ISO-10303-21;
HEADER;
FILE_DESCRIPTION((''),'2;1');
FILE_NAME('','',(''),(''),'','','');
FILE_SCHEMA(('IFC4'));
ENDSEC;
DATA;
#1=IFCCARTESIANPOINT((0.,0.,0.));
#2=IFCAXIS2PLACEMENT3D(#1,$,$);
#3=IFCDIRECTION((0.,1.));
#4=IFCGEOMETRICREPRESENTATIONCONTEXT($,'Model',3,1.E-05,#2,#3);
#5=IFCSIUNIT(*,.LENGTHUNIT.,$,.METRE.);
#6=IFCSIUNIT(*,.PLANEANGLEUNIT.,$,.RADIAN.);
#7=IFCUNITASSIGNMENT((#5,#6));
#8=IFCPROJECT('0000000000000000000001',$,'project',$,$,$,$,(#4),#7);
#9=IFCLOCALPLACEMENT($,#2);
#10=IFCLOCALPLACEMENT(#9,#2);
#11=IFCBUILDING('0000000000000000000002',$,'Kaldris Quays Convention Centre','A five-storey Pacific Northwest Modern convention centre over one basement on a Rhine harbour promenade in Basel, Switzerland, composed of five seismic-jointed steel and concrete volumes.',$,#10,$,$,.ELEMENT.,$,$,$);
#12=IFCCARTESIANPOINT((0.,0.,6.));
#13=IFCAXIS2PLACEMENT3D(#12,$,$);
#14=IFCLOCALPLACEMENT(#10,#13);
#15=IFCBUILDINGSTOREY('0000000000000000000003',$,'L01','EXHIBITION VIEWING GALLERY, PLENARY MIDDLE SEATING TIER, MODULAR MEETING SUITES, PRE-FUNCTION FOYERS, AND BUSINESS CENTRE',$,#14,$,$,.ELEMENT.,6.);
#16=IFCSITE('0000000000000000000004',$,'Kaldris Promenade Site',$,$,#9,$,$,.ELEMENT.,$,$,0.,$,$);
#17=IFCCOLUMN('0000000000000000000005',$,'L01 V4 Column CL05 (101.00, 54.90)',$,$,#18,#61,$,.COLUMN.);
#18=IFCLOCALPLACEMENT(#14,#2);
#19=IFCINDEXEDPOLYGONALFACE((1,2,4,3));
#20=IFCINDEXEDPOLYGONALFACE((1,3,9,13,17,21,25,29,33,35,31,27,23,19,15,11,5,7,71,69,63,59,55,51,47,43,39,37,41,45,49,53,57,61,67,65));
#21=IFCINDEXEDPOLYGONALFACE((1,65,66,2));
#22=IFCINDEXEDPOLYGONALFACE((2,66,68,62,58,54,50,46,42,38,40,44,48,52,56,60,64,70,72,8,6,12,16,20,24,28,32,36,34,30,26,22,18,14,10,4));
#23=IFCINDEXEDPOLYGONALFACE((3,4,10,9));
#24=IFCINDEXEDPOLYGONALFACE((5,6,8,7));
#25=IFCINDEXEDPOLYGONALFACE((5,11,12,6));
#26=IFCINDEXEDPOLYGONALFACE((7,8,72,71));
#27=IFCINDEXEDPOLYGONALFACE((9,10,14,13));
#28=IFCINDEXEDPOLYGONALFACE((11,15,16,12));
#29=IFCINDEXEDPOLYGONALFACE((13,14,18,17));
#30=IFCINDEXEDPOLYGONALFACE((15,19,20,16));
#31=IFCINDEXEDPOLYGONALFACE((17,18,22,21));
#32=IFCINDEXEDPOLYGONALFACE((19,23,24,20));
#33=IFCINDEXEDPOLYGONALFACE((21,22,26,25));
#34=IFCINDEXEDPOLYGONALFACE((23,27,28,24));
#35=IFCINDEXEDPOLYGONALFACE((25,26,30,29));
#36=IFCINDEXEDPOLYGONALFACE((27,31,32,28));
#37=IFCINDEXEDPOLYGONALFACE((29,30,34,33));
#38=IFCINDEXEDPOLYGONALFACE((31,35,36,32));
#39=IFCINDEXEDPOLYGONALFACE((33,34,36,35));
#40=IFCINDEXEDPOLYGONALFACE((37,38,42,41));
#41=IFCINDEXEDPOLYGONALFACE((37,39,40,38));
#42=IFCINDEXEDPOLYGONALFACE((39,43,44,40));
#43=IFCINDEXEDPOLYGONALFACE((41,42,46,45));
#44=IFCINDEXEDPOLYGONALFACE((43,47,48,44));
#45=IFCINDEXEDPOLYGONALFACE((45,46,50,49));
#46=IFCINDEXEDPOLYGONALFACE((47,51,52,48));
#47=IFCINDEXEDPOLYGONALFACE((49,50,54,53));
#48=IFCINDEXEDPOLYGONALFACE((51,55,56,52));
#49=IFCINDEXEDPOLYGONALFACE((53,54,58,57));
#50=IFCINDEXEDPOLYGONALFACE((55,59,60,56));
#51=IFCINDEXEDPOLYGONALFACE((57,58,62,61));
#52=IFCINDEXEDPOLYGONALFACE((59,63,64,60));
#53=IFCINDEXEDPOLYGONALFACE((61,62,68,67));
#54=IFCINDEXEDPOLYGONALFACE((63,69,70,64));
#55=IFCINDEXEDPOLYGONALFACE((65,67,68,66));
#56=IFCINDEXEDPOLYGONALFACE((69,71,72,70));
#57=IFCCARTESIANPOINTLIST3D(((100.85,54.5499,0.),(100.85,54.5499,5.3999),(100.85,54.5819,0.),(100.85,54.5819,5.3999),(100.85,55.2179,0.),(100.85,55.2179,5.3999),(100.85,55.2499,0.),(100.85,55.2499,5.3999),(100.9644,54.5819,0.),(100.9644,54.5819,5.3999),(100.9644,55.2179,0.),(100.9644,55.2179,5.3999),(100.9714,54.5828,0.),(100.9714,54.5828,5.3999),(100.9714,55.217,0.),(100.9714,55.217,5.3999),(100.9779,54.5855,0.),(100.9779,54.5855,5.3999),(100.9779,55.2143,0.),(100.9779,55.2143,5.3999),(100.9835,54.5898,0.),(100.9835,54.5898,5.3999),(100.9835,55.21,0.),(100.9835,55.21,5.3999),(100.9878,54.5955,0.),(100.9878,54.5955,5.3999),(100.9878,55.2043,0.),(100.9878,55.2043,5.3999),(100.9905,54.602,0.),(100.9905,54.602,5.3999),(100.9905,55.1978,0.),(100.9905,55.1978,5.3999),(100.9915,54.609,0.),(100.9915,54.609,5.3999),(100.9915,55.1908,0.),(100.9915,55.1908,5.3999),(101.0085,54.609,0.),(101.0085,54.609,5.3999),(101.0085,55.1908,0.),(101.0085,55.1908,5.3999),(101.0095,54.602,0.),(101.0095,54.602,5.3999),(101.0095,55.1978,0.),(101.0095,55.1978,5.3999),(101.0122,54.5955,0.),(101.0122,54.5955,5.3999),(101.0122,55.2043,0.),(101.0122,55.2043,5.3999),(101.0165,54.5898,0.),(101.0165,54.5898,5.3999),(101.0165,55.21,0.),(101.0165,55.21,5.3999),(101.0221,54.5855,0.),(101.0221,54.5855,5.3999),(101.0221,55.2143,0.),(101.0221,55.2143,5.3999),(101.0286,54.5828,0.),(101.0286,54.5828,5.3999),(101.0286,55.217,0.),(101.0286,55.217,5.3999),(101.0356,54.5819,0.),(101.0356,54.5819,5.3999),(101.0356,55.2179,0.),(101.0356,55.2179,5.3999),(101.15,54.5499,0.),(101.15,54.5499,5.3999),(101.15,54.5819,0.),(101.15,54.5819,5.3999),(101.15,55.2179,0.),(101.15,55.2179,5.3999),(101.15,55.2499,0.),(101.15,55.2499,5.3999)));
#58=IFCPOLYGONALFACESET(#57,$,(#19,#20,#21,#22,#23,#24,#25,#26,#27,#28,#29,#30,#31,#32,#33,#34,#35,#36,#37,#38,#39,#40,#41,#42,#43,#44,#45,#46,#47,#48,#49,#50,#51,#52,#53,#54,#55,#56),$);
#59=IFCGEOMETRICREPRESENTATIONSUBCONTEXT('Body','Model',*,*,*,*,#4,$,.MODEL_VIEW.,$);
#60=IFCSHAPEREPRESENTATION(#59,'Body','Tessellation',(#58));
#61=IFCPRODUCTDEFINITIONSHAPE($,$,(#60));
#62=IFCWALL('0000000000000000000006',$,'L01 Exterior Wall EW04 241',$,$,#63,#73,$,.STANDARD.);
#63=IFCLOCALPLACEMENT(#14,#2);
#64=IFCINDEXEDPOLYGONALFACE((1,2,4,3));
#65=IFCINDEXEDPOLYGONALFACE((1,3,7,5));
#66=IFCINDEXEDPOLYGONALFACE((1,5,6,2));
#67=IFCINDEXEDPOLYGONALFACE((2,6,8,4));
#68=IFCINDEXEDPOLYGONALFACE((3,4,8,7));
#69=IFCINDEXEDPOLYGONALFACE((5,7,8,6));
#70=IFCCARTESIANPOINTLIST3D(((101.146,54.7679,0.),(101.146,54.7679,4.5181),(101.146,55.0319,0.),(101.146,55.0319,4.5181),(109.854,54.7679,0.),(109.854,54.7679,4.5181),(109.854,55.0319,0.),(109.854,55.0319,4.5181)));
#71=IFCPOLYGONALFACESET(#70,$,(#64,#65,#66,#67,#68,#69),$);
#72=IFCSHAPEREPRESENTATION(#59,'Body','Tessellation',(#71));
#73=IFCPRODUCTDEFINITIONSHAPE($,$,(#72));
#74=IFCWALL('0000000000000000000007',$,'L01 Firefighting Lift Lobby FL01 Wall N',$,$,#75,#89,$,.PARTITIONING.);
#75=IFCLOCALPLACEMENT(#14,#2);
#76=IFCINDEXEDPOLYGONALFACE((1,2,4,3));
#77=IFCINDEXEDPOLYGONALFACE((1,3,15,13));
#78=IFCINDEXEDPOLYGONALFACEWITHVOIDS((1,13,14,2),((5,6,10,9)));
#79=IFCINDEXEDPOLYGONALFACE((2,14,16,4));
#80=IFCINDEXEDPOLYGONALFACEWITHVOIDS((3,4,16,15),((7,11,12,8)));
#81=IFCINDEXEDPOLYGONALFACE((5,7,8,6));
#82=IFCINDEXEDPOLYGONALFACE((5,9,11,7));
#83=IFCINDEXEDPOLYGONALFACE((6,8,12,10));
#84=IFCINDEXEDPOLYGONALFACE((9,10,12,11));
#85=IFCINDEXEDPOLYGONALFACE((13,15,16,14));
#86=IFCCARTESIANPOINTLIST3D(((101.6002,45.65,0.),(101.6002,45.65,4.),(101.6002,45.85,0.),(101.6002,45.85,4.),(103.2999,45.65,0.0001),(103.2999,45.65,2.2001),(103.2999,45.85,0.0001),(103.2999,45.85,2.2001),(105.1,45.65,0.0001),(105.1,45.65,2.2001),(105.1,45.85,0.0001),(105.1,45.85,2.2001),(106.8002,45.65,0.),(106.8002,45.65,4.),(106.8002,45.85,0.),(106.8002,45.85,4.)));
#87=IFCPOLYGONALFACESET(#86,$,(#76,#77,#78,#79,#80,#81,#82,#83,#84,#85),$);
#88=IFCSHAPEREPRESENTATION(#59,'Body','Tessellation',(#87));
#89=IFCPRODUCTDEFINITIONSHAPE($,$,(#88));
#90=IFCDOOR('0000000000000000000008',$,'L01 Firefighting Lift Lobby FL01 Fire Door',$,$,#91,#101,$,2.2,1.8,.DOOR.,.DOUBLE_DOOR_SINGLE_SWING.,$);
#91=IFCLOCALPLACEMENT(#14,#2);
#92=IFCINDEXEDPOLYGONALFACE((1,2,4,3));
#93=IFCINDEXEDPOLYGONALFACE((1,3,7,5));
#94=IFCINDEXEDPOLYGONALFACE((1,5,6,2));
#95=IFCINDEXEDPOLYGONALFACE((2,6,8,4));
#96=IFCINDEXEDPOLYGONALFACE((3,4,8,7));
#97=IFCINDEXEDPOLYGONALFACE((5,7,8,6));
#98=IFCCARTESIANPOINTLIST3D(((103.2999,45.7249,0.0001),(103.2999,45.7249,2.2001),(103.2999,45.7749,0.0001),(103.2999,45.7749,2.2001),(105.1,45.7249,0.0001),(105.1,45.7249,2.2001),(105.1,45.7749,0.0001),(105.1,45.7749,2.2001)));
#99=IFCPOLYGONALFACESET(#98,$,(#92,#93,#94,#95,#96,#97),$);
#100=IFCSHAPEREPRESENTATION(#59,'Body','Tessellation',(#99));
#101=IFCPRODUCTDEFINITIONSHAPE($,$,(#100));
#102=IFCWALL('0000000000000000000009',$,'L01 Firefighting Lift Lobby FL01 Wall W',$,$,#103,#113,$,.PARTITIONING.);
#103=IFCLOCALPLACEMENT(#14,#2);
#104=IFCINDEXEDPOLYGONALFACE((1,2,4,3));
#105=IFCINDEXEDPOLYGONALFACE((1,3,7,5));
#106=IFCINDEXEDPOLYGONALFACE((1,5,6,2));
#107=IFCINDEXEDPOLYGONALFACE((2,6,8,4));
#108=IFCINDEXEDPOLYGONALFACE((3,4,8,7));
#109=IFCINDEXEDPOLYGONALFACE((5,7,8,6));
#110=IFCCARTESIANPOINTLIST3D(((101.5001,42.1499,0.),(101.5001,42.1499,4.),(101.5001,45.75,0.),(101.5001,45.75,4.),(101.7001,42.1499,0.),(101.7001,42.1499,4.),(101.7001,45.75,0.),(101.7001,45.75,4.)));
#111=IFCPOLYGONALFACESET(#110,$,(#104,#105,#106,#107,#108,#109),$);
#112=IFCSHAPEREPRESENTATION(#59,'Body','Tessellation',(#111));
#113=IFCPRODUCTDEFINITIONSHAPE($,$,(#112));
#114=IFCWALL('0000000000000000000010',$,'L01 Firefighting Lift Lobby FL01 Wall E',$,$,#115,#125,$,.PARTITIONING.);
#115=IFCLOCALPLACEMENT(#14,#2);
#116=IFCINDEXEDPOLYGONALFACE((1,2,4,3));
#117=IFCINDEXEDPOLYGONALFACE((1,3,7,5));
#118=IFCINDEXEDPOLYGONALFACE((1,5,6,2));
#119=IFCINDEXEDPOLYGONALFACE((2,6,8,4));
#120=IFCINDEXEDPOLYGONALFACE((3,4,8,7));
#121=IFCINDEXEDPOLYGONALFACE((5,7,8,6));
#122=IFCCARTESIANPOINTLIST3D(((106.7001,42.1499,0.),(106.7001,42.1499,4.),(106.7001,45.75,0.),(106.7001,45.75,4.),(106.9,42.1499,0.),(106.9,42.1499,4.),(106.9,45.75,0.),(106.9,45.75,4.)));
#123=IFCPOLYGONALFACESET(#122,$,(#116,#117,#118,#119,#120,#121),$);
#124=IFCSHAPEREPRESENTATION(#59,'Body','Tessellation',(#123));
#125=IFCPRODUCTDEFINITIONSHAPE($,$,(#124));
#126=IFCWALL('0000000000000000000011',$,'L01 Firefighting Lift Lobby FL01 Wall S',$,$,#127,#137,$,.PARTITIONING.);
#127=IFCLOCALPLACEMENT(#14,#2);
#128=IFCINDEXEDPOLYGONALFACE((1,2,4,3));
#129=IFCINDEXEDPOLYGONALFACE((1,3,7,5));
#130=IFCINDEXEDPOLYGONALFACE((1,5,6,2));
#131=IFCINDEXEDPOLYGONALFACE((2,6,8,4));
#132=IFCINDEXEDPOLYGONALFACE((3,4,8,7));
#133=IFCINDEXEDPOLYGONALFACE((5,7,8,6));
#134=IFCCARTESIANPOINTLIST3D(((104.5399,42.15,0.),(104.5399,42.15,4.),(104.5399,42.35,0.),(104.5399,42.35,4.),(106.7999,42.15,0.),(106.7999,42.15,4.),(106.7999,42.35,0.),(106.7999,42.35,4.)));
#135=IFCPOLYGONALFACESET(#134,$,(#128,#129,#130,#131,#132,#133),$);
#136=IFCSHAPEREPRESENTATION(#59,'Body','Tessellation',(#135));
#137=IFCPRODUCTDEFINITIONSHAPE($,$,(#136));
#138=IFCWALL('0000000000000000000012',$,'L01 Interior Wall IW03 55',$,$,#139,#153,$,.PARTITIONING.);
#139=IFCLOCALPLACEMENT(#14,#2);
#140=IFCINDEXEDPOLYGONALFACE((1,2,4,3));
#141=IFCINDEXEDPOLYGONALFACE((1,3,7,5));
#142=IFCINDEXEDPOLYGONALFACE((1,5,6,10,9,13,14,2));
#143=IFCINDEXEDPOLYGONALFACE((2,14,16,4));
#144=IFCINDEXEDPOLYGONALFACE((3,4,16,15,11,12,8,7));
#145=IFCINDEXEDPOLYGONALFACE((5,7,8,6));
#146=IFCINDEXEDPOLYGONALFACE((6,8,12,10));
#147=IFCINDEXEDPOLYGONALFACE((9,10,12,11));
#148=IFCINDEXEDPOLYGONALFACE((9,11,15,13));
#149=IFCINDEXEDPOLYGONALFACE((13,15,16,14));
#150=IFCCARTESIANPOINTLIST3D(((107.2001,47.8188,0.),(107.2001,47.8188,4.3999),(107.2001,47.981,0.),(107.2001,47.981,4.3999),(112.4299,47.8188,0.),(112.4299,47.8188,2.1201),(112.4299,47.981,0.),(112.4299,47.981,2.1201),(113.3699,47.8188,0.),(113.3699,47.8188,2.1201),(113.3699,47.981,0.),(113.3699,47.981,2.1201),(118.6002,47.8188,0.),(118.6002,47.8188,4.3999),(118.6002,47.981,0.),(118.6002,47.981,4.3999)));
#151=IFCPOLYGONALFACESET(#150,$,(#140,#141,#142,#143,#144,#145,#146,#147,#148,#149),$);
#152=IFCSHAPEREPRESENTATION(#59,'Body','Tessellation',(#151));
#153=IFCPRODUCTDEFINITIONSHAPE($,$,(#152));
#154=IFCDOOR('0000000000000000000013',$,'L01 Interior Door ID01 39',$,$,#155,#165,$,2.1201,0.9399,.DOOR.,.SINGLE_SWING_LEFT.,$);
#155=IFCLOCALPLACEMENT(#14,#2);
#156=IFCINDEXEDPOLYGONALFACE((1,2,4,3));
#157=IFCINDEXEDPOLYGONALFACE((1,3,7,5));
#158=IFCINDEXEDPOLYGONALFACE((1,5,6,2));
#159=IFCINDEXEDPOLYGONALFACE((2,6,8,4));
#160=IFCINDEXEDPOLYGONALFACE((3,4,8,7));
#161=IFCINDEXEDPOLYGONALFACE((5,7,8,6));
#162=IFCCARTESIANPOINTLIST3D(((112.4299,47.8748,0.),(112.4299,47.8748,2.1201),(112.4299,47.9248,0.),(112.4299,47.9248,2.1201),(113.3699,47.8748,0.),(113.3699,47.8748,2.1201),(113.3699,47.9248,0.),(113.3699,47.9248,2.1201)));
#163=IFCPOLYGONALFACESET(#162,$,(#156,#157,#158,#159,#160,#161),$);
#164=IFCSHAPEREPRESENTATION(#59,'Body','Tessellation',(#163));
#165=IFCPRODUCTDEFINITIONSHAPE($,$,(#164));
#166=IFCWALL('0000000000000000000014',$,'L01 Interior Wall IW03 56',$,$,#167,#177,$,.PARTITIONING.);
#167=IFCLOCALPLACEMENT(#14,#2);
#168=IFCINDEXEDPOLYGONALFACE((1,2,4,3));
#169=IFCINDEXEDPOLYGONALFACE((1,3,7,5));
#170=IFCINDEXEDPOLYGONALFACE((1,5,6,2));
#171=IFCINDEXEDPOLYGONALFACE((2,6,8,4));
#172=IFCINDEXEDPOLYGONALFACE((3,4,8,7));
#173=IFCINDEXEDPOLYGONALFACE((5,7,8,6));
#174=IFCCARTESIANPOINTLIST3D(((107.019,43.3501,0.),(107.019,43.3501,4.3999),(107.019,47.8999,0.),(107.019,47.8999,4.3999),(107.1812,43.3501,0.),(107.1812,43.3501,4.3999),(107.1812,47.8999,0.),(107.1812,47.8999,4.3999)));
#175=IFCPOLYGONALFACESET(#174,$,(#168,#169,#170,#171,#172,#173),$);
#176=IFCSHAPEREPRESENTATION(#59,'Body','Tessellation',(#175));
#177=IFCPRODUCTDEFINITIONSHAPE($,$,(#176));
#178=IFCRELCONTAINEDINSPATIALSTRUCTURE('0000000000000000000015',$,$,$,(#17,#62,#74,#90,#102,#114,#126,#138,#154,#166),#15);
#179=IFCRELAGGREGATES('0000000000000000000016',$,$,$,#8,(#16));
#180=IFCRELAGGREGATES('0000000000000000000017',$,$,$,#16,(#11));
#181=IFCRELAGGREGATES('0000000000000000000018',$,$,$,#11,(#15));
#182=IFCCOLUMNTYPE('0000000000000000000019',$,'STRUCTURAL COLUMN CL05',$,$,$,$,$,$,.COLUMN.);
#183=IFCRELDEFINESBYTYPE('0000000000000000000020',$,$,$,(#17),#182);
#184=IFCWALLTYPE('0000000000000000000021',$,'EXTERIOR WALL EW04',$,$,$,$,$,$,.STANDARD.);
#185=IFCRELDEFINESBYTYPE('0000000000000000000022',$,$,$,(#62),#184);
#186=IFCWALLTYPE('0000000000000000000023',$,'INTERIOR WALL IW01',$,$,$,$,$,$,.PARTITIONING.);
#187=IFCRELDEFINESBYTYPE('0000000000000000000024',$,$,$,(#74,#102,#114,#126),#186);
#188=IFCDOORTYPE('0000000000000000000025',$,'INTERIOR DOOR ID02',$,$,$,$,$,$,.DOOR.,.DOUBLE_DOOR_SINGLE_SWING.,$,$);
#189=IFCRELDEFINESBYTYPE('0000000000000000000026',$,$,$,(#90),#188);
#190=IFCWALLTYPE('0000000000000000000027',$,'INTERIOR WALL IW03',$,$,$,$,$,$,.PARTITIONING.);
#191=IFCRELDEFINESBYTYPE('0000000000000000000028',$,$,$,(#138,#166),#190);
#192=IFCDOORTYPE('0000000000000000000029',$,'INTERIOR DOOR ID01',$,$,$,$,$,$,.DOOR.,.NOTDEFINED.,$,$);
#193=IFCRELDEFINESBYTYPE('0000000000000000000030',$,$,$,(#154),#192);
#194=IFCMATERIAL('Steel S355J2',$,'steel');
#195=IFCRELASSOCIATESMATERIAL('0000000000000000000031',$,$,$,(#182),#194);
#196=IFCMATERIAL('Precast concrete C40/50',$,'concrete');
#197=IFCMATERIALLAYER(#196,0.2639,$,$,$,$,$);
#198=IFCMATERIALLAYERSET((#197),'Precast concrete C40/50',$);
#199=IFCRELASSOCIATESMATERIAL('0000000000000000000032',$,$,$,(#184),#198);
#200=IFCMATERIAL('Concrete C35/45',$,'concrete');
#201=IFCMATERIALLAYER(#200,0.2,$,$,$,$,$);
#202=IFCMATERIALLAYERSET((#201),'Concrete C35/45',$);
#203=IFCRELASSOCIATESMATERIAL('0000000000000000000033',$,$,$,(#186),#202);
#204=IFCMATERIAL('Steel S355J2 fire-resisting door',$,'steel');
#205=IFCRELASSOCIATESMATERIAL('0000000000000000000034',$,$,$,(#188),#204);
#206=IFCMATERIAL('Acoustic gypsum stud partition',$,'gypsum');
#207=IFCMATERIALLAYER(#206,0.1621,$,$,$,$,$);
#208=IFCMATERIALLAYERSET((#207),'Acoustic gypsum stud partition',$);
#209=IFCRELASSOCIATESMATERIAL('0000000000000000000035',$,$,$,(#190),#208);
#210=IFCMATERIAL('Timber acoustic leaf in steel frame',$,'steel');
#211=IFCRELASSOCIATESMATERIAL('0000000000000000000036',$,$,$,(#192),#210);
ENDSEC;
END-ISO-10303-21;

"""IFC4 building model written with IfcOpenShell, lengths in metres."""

from ifc_helpers import new_model, si_unit, direction, frame, frame_2d, origin, origin_2d, place, context, subcontext, project, spatial, rectangle, i_section, extrude, material, layer, layer_set, material_profile, profile_set, type_object, element, fill, save


model = new_model("IFC4")

# Units and contexts
model_context = context("Model", 3, precision=1e-05, world=origin(), true_north=direction((0.0, 1.0)))
body_context = subcontext(model_context, "Body", "Model", "MODEL_VIEW")
ifc_project = project(units=[si_unit("LENGTHUNIT", "METRE"), si_unit("PLANEANGLEUNIT", "RADIAN")], contexts=[model_context])

# Site, building, storey
site_placement = place(None, origin())
site = spatial("IfcSite", under=ifc_project, at=site_placement, Name="Kaldris Promenade Site", CompositionType="ELEMENT", RefElevation=0.0)
building_placement = place(site_placement, origin())
building = spatial("IfcBuilding", under=site, at=building_placement, Name="Kaldris Quays Convention Centre", Description="A five-storey Pacific Northwest Modern convention centre over one basement on a Rhine harbour promenade in Basel, Switzerland, composed of five seismic-jointed steel and concrete volumes.", CompositionType="ELEMENT")
storey_placement = place(building_placement, frame((0.0, 0.0, 6.0)))
storey = spatial("IfcBuildingStorey", under=building, at=storey_placement, Name="L01", Description="EXHIBITION VIEWING GALLERY, PLENARY MIDDLE SEATING TIER, MODULAR MEETING SUITES, PRE-FUNCTION FOYERS, AND BUSINESS CENTRE", CompositionType="ELEMENT", Elevation=6.0)

# Column
ifc_material_1 = material(Name="Steel S355J2", Category="steel")
ifc_material_profile = material_profile(ifc_material_1, i_section(OverallWidth=0.3, OverallDepth=0.7, WebThickness=0.0171, FlangeThickness=0.032, FilletRadius=0.0271, at=origin_2d()), Name="HEB 700")
ifc_profile_set = profile_set([ifc_material_profile], Name="Steel S355J2")
column_type = type_object("IfcColumnType", Name="STRUCTURAL COLUMN CL05", PredefinedType="COLUMN", material=ifc_profile_set)
column_placement = place(storey_placement, frame((101.0, 54.8999, 0.0), z_axis=(0.0, 0.0, 1.0), x_axis=(1.0, 0.0, 0.0)))
element("IfcColumn", 1, at=column_placement, inside=storey, type_object=column_type, Name="L01 V4 Column CL05 (101.00, 54.90)", PredefinedType="COLUMN", context=body_context, shape_type="SweptSolid", body=[
    extrude(i_section(OverallWidth=0.3, OverallDepth=0.7, WebThickness=0.0171, FlangeThickness=0.032, FilletRadius=0.0271, at=origin_2d()), origin(), (0.0, 0.0, 1.0), 5.3999),
])

# Wall
ifc_material_2 = material(Name="Precast concrete C40/50", Category="concrete")
ifc_layer_1 = layer(ifc_material_2, 0.2639)
ifc_layer_set_1 = layer_set([ifc_layer_1], Name="Precast concrete C40/50")
wall_type_1 = type_object("IfcWallType", Name="EXTERIOR WALL EW04", PredefinedType="STANDARD", material=ifc_layer_set_1)
wall_1_placement = place(storey_placement, frame((101.146, 54.8999, 0.0), z_axis=(0.0, 0.0, 1.0), x_axis=(1.0, 0.0, 0.0)))
element("IfcWall", 2, at=wall_1_placement, inside=storey, type_object=wall_type_1, Name="L01 Exterior Wall EW04 241", PredefinedType="STANDARD", context=body_context, shape_type="SweptSolid", body=[
    extrude(rectangle(XDim=8.708, YDim=0.2639, at=frame_2d((4.354, 0.0))), origin(), (0.0, 0.0, 1.0), 4.5181),
])

# Wall, opening, door
ifc_material_3 = material(Name="Concrete C35/45", Category="concrete")
ifc_layer_2 = layer(ifc_material_3, 0.2)
ifc_layer_set_2 = layer_set([ifc_layer_2], Name="Concrete C35/45")
wall_type_2 = type_object("IfcWallType", Name="INTERIOR WALL IW01", PredefinedType="PARTITIONING", material=ifc_layer_set_2)
wall_2_placement = place(storey_placement, frame((101.6001, 45.75, 0.0), z_axis=(0.0, 0.0, 1.0), x_axis=(1.0, 0.0, 0.0)))
wall_2 = element("IfcWall", 3, at=wall_2_placement, inside=storey, type_object=wall_type_2, Name="L01 Firefighting Lift Lobby FL01 Wall N", PredefinedType="PARTITIONING", context=body_context, shape_type="SweptSolid", body=[
    extrude(rectangle(XDim=5.2, YDim=0.2, at=frame_2d((2.6001, 0.0))), origin(), (0.0, 0.0, 1.0), 4.0),
])
opening_1_placement = place(wall_2_placement, frame((1.7, 0.0, 0.0)))
opening_1 = element("IfcOpeningElement", 4, at=opening_1_placement, cuts=wall_2, PredefinedType="OPENING", context=body_context, shape_type="SweptSolid", body=[
    extrude(rectangle(XDim=1.8, YDim=2.2, at=frame_2d((0.8999, 1.1001))), frame((0.0, 0.1099, 0.0), z_axis=(0.0, -1.0, 0.0), x_axis=(1.0, 0.0, 0.0)), (0.0, 0.0, 1.0), 0.22),
])
ifc_material_4 = material(Name="Steel S355J2 fire-resisting door", Category="steel")
door_type_1 = type_object("IfcDoorType", Name="INTERIOR DOOR ID02", OperationType="DOUBLE_DOOR_SINGLE_SWING", PredefinedType="DOOR", material=ifc_material_4)
door_1_placement = place(opening_1_placement, origin())
door_1 = element("IfcDoor", 5, at=door_1_placement, inside=storey, type_object=door_type_1, Name="L01 Firefighting Lift Lobby FL01 Fire Door", OperationType="DOUBLE_DOOR_SINGLE_SWING", OverallHeight=2.2, OverallWidth=1.8, PredefinedType="DOOR", context=body_context, shape_type="SweptSolid", body=[
    extrude(rectangle(XDim=1.8, YDim=2.2, at=frame_2d((0.8999, 1.1001))), frame((0.0, 0.0249, 0.0), z_axis=(0.0, -1.0, 0.0), x_axis=(1.0, 0.0, 0.0)), (0.0, 0.0, 1.0), 0.05),
])
fill(opening_1, door_1)

# Walls
for number, where, z_axis, x_axis, name in (
    (6, (101.6001, 42.1499, 0.0), (0.0, 0.0, 1.0), (0.0, 1.0, 0.0), "L01 Firefighting Lift Lobby FL01 Wall W"),
    (7, (106.8, 42.1499, 0.0), (0.0, 0.0, 1.0), (0.0, 1.0, 0.0), "L01 Firefighting Lift Lobby FL01 Wall E"),
):
    element("IfcWall", number, at=place(storey_placement, frame(where, z_axis=z_axis, x_axis=x_axis)), inside=storey, type_object=wall_type_2, Name=name, PredefinedType="PARTITIONING", context=body_context, shape_type="SweptSolid", body=[
        extrude(rectangle(XDim=3.6001, YDim=0.2, at=frame_2d((1.8, 0.0))), origin(), (0.0, 0.0, 1.0), 4.0),
    ])
wall_3_placement = place(storey_placement, frame((104.54, 42.25, 0.0), z_axis=(0.0, 0.0, 1.0), x_axis=(1.0, 0.0, 0.0)))
element("IfcWall", 8, at=wall_3_placement, inside=storey, type_object=wall_type_2, Name="L01 Firefighting Lift Lobby FL01 Wall S", PredefinedType="PARTITIONING", context=body_context, shape_type="SweptSolid", body=[
    extrude(rectangle(XDim=2.26, YDim=0.2, at=frame_2d((1.1299, 0.0))), origin(), (0.0, 0.0, 1.0), 4.0),
])

# Wall, opening, door
ifc_material_5 = material(Name="Acoustic gypsum stud partition", Category="gypsum")
ifc_layer_3 = layer(ifc_material_5, 0.1621)
ifc_layer_set_3 = layer_set([ifc_layer_3], Name="Acoustic gypsum stud partition")
wall_type_3 = type_object("IfcWallType", Name="INTERIOR WALL IW03", PredefinedType="PARTITIONING", material=ifc_layer_set_3)
wall_4_placement = place(storey_placement, frame((107.2, 47.8999, 0.0), z_axis=(0.0, 0.0, 1.0), x_axis=(1.0, 0.0, 0.0)))
wall_4 = element("IfcWall", 9, at=wall_4_placement, inside=storey, type_object=wall_type_3, Name="L01 Interior Wall IW03 55", PredefinedType="PARTITIONING", context=body_context, shape_type="SweptSolid", body=[
    extrude(rectangle(XDim=11.4001, YDim=0.1621, at=frame_2d((5.7002, 0.0))), origin(), (0.0, 0.0, 1.0), 4.3999),
])
opening_2_placement = place(wall_4_placement, frame((5.23, 0.0, 0.0)))
opening_2 = element("IfcOpeningElement", 10, at=opening_2_placement, cuts=wall_4, PredefinedType="OPENING", context=body_context, shape_type="SweptSolid", body=[
    extrude(rectangle(XDim=0.9399, YDim=2.1201, at=frame_2d((0.47, 1.0601))), frame((0.0, 0.0911, 0.0), z_axis=(0.0, -1.0, 0.0), x_axis=(1.0, 0.0, 0.0)), (0.0, 0.0, 1.0), 0.1821),
])
ifc_material_6 = material(Name="Timber acoustic leaf in steel frame", Category="steel")
door_type_2 = type_object("IfcDoorType", Name="INTERIOR DOOR ID01", OperationType="NOTDEFINED", PredefinedType="DOOR", material=ifc_material_6)
door_2_placement = place(opening_2_placement, origin())
door_2 = element("IfcDoor", 11, at=door_2_placement, inside=storey, type_object=door_type_2, Name="L01 Interior Door ID01 39", OperationType="SINGLE_SWING_LEFT", OverallHeight=2.1201, OverallWidth=0.9399, PredefinedType="DOOR", context=body_context, shape_type="SweptSolid", body=[
    extrude(rectangle(XDim=0.9399, YDim=2.1201, at=frame_2d((0.47, 1.0601))), frame((0.0, 0.0249, 0.0), z_axis=(0.0, -1.0, 0.0), x_axis=(1.0, 0.0, 0.0)), (0.0, 0.0, 1.0), 0.05),
])
fill(opening_2, door_2)

# Wall
wall_5_placement = place(storey_placement, frame((107.1001, 43.3501, 0.0), z_axis=(0.0, 0.0, 1.0), x_axis=(0.0, 1.0, 0.0)))
element("IfcWall", 12, at=wall_5_placement, inside=storey, type_object=wall_type_3, Name="L01 Interior Wall IW03 56", PredefinedType="PARTITIONING", context=body_context, shape_type="SweptSolid", body=[
    extrude(rectangle(XDim=4.5498, YDim=0.1621, at=frame_2d((2.2749, 0.0))), origin(), (0.0, 0.0, 1.0), 4.3999),
])

save(model, "model.ifc")
